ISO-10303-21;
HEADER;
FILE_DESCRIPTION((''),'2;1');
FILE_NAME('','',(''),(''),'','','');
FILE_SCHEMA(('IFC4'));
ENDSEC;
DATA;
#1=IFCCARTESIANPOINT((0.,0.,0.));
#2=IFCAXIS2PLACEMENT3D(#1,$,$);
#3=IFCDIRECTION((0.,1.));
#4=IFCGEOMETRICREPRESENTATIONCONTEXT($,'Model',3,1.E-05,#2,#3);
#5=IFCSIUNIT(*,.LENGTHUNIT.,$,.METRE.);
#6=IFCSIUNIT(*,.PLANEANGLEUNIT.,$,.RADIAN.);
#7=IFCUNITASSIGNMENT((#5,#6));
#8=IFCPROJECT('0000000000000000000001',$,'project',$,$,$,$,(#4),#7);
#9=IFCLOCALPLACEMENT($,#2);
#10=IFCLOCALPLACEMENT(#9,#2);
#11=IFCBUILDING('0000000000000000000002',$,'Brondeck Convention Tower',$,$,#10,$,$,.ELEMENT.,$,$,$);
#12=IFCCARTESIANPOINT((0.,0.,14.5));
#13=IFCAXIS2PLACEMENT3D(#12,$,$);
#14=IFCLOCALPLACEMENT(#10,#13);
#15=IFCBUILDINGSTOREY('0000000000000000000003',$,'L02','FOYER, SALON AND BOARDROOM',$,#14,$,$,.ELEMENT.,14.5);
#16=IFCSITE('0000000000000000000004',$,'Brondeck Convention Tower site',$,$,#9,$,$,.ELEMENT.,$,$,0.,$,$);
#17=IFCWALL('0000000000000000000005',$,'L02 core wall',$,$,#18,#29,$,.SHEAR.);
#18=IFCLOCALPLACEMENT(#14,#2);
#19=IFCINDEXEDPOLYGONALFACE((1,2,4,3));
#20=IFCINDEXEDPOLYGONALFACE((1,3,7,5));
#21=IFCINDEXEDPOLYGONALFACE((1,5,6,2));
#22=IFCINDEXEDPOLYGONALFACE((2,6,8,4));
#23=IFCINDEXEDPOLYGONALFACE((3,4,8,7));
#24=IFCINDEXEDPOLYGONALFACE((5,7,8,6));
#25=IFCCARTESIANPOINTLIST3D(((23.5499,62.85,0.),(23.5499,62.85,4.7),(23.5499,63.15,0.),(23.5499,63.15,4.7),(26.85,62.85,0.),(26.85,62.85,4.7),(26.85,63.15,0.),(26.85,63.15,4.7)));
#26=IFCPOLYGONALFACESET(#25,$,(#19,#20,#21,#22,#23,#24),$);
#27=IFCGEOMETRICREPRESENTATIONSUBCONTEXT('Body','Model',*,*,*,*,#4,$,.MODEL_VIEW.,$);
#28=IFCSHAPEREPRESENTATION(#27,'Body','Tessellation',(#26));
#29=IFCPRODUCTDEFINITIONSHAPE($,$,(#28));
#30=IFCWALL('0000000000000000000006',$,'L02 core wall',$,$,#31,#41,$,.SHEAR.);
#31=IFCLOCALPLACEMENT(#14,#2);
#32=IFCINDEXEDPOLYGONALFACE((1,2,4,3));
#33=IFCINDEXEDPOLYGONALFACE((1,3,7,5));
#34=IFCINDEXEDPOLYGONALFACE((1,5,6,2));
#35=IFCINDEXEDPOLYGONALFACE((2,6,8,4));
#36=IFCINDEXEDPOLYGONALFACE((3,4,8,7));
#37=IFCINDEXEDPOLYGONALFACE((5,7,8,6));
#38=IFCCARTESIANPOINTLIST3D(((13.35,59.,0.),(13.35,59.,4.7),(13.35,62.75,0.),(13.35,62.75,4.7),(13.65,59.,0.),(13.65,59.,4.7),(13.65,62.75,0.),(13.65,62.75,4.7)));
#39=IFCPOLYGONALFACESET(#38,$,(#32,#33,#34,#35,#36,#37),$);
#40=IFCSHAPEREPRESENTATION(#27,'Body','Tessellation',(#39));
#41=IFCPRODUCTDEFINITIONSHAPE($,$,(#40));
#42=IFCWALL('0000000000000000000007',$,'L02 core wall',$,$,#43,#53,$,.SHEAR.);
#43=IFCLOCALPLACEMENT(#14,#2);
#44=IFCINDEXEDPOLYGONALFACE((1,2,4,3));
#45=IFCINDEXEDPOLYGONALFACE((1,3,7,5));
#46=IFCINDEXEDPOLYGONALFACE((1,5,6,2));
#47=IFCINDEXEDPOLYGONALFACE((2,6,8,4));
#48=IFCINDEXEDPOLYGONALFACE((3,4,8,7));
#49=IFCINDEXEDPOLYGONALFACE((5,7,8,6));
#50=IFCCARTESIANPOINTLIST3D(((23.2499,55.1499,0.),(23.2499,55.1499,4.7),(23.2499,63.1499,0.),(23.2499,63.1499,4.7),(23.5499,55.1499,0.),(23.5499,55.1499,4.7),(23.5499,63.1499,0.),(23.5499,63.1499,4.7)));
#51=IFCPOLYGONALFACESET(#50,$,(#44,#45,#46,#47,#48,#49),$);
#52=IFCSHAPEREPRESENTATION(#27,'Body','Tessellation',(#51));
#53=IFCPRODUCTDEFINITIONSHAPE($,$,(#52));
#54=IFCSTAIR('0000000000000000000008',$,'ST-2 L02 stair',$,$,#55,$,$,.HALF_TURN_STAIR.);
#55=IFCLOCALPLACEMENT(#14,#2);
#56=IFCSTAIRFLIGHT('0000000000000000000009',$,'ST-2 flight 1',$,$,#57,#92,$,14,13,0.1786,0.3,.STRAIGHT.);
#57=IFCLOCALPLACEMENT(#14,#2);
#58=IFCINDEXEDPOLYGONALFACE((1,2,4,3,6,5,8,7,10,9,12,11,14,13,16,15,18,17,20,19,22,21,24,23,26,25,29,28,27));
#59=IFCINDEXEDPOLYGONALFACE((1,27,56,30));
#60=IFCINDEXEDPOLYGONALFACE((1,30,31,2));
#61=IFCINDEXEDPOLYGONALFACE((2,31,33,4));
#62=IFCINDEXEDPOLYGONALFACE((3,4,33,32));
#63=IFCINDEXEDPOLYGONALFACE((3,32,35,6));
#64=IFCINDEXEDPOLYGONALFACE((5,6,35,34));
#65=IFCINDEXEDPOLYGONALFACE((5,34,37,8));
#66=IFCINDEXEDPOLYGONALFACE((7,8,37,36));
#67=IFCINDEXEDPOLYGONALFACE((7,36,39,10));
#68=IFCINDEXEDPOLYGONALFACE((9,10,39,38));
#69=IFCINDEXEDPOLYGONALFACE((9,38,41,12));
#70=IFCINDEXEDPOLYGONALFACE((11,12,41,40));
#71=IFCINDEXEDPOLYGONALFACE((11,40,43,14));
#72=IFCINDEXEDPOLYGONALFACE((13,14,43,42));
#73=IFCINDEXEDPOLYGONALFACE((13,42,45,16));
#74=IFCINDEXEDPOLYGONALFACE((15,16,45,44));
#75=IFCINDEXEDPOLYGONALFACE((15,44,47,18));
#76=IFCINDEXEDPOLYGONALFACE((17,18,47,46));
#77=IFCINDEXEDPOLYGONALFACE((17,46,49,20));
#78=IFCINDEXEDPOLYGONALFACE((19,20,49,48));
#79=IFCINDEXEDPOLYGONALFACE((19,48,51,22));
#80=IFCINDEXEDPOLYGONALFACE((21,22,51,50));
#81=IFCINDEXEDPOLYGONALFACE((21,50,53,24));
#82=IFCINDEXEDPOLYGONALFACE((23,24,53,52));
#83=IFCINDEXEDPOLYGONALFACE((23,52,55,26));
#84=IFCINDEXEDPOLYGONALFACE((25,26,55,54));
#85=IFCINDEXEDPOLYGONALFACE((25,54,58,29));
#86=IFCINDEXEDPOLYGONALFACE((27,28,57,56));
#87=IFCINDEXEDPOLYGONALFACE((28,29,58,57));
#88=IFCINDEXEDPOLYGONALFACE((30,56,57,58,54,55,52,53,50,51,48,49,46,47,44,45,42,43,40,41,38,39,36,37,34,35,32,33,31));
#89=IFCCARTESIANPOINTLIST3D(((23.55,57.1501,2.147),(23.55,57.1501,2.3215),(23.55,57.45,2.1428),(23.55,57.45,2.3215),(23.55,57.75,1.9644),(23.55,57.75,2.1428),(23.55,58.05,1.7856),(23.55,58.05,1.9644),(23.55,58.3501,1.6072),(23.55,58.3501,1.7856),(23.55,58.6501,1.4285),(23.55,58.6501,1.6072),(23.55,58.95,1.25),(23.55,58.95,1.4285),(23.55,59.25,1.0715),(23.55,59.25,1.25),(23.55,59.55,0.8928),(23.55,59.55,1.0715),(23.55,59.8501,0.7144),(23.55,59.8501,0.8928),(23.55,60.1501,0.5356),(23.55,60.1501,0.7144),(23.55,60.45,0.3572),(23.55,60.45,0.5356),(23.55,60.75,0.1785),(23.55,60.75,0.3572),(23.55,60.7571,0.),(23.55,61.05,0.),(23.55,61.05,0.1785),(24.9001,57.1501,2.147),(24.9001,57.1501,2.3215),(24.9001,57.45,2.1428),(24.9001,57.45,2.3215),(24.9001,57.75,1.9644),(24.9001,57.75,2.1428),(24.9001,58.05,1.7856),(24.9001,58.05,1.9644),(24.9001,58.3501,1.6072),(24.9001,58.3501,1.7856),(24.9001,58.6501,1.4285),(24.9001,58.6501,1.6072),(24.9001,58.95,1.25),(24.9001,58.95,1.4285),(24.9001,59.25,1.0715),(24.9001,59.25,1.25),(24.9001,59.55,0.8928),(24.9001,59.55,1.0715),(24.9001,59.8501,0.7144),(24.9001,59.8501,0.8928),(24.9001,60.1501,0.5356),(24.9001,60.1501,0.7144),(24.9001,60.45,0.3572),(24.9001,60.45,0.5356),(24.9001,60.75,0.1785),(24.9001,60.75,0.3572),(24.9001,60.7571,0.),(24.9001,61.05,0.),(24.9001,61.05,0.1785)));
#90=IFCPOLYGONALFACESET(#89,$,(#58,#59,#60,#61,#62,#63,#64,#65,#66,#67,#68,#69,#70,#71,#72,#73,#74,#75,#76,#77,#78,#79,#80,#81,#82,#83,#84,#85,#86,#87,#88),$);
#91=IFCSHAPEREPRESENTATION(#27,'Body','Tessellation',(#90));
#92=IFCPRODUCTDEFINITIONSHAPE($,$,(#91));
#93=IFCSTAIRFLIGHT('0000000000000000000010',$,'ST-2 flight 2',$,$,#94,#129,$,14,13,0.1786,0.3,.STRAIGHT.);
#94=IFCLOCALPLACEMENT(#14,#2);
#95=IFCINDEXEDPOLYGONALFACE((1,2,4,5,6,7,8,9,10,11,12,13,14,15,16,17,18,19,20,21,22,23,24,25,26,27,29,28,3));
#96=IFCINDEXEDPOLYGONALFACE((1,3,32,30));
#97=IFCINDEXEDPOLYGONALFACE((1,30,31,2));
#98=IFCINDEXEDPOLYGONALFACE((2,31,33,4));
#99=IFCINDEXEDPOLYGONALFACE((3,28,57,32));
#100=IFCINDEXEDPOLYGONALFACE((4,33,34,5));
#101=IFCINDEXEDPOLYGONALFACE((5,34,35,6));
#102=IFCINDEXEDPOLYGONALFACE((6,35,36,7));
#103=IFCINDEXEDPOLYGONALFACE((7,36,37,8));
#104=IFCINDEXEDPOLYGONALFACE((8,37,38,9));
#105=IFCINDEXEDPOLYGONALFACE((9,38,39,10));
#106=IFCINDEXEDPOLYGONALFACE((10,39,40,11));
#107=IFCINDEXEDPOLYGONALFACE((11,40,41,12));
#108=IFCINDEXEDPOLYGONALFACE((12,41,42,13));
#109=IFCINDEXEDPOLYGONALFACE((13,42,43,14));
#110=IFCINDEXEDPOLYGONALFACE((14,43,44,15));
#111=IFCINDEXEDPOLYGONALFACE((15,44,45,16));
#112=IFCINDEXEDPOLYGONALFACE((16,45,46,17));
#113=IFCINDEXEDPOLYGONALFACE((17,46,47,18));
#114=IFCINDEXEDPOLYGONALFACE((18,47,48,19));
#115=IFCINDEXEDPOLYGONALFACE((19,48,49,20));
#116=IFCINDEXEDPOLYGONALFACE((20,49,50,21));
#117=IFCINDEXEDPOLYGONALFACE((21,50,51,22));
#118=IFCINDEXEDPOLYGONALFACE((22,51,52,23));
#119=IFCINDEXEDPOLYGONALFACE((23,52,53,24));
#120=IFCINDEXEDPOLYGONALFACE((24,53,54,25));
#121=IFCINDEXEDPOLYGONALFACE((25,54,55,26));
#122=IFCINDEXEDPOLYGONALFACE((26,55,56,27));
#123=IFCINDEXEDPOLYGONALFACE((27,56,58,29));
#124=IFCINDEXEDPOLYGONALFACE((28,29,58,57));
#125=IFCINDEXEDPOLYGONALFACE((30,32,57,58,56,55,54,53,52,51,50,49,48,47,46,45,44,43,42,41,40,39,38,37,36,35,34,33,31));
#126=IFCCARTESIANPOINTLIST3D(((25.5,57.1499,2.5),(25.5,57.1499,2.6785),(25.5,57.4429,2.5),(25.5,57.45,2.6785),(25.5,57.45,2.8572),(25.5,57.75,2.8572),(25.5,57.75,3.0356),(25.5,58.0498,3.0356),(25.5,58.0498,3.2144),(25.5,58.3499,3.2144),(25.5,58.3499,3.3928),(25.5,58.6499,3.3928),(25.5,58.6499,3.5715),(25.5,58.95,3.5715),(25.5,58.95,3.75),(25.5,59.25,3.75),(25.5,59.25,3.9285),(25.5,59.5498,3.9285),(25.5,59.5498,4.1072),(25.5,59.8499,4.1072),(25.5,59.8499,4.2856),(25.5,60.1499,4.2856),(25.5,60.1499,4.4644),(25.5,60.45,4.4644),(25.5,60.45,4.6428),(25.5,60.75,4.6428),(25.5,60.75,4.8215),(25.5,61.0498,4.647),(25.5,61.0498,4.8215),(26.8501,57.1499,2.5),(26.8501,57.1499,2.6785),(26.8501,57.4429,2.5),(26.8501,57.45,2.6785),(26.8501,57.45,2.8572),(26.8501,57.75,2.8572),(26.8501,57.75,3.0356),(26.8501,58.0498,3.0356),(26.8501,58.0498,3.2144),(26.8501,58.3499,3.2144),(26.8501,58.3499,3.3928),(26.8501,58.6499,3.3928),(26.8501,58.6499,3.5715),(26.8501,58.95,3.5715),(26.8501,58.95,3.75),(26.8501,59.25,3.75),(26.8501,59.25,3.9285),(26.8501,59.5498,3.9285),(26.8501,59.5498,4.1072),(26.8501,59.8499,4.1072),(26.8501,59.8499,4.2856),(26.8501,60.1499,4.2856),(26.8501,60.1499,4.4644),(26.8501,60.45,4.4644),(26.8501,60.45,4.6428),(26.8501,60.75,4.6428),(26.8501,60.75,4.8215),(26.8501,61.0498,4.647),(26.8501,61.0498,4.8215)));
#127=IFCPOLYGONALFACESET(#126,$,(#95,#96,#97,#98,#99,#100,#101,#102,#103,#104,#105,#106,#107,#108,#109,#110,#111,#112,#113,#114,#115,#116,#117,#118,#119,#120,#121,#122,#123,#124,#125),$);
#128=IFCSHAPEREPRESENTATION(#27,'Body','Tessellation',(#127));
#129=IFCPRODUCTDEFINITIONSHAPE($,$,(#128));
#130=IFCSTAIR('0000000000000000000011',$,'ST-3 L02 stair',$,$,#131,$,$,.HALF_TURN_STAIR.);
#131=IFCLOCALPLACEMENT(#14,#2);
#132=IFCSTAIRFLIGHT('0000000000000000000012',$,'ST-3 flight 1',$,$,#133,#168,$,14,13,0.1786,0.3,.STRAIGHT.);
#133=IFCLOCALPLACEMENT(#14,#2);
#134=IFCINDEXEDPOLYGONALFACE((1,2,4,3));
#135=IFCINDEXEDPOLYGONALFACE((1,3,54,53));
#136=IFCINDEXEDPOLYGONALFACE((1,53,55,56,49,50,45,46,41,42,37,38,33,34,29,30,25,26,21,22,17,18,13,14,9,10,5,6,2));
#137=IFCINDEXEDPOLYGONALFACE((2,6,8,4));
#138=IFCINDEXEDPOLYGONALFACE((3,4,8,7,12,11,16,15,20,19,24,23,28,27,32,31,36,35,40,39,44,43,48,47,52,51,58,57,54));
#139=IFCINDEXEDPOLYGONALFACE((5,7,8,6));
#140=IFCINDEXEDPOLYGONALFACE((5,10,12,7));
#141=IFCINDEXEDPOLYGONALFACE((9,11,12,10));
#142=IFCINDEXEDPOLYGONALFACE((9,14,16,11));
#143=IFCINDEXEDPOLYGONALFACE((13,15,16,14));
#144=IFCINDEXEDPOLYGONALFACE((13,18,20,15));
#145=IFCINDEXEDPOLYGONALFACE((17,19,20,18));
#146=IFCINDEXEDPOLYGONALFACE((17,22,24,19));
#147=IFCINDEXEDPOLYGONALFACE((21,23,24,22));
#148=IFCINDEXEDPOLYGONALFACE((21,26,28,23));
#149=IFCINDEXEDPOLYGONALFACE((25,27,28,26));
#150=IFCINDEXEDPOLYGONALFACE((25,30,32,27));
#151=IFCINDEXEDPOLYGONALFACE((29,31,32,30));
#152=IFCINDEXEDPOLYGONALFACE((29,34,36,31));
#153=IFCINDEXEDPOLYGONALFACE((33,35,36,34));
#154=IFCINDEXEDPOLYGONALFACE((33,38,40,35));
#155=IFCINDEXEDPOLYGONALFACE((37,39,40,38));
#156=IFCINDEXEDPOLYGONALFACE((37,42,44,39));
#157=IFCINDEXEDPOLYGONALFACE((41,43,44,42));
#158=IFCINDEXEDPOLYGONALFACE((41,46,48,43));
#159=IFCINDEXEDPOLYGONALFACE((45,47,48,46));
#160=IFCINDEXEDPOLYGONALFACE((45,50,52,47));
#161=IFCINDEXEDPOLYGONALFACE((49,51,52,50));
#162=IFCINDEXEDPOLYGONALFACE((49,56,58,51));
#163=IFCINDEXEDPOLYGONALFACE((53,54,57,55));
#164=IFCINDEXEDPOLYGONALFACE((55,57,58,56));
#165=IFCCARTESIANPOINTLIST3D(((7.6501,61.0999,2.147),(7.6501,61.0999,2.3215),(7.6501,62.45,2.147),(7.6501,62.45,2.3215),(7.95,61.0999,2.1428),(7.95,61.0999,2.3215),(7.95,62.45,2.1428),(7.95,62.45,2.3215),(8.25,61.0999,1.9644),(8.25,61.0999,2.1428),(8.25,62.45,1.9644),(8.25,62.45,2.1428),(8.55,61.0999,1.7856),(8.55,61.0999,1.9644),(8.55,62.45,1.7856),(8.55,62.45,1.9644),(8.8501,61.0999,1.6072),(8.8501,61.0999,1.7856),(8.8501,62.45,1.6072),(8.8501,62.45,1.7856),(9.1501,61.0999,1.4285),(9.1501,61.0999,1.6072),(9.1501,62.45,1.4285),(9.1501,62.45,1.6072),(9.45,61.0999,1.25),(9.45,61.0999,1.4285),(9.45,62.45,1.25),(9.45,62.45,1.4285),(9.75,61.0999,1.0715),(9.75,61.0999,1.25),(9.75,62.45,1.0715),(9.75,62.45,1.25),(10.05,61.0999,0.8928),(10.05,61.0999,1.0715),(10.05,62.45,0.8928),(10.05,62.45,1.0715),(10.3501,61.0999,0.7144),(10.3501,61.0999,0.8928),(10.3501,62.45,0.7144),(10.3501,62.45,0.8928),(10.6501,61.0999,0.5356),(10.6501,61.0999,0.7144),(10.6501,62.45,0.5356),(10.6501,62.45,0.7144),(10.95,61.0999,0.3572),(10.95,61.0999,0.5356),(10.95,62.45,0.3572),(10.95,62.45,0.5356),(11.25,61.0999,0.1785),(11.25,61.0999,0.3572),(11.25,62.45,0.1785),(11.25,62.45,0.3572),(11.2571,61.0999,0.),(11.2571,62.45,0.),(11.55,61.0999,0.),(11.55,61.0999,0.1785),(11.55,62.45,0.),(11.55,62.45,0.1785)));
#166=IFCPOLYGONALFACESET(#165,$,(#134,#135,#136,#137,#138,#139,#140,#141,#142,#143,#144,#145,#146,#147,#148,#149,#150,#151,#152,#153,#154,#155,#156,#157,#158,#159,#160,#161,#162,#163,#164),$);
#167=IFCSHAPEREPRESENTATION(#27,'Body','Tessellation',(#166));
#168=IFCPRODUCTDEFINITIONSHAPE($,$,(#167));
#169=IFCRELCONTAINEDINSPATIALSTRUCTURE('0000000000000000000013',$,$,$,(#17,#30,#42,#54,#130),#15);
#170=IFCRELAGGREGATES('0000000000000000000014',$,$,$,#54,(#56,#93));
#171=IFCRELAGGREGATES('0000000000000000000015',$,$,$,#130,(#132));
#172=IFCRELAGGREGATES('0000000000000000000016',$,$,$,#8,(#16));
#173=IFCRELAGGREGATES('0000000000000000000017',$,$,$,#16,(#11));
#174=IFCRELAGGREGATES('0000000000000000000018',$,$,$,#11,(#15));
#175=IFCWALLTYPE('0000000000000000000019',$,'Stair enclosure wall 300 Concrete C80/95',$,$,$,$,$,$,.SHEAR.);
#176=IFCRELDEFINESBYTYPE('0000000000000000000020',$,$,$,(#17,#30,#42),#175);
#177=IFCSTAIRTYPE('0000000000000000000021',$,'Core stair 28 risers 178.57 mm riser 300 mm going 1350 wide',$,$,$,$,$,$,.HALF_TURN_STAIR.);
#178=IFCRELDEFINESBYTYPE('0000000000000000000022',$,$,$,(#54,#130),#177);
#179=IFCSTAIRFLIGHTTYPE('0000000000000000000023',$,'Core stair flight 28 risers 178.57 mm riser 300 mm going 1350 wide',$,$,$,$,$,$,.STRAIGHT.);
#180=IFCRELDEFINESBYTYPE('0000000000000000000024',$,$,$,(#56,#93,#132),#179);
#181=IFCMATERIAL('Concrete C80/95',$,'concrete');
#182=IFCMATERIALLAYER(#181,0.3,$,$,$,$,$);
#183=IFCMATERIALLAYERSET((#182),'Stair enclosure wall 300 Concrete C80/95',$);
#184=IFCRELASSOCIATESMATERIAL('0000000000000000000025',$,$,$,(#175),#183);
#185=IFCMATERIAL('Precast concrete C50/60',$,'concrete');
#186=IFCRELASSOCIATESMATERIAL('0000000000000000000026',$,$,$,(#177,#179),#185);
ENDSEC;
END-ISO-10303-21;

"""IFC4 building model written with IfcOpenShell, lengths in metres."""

from ifc_helpers import new_model, si_unit, direction, frame, frame_2d, origin, place, context, subcontext, project, spatial, polyline, rectangle, outline, extrude, material, layer, layer_set, type_object, element, aggregate, save


model = new_model("IFC4")

# Units and contexts
model_context = context("Model", 3, precision=1e-05, world=origin(), true_north=direction((0.0, 1.0)))
body_context = subcontext(model_context, "Body", "Model", "MODEL_VIEW")
ifc_project = project(units=[si_unit("LENGTHUNIT", "METRE"), si_unit("PLANEANGLEUNIT", "RADIAN")], contexts=[model_context])

# Site, building, storey
site_placement = place(None, origin())
site = spatial("IfcSite", under=ifc_project, at=site_placement, Name="Brondeck Convention Tower site", CompositionType="ELEMENT", RefElevation=0.0)
building_placement = place(site_placement, origin())
building = spatial("IfcBuilding", under=site, at=building_placement, Name="Brondeck Convention Tower", CompositionType="ELEMENT")
storey_placement = place(building_placement, frame((0.0, 0.0, 14.5)))
storey = spatial("IfcBuildingStorey", under=building, at=storey_placement, Name="L02", Description="FOYER, SALON AND BOARDROOM", CompositionType="ELEMENT", Elevation=14.5)

# Shared definitions
ifc_material_1 = material(Name="Concrete C80/95", Category="concrete")

# Walls
ifc_layer_1 = layer(ifc_material_1, 0.3)
ifc_layer_set_1 = layer_set([ifc_layer_1], Name="Stair enclosure wall 300 Concrete C80/95")
wall_type_1 = type_object("IfcWallType", Name="Stair enclosure wall 300 Concrete C80/95", PredefinedType="SHEAR", material=ifc_layer_set_1)
wall_1_placement = place(storey_placement, frame((23.55, 63.0, 0.0), z_axis=(0.0, 0.0, 1.0), x_axis=(1.0, 0.0, 0.0)))
element("IfcWall", 1, at=wall_1_placement, inside=storey, type_object=wall_type_1, Name="L02 core wall", PredefinedType="SHEAR", context=body_context, shape_type="SweptSolid", body=[
    extrude(rectangle(XDim=3.3, YDim=0.3, at=frame_2d((1.6499, 0.0))), origin(), (0.0, 0.0, 1.0), 4.7),
])
wall_2_placement = place(storey_placement, frame((13.5, 59.0, 0.0), z_axis=(0.0, 0.0, 1.0), x_axis=(0.0, 1.0, 0.0)))
element("IfcWall", 2, at=wall_2_placement, inside=storey, type_object=wall_type_1, Name="L02 core wall", PredefinedType="SHEAR", context=body_context, shape_type="SweptSolid", body=[
    extrude(rectangle(XDim=3.75, YDim=0.3, at=frame_2d((1.875, 0.0))), origin(), (0.0, 0.0, 1.0), 4.7),
])
wall_3_placement = place(storey_placement, frame((23.3999, 55.1499, 0.0), z_axis=(0.0, 0.0, 1.0), x_axis=(0.0, 1.0, 0.0)))
element("IfcWall", 3, at=wall_3_placement, inside=storey, type_object=wall_type_1, Name="L02 core wall", PredefinedType="SHEAR", context=body_context, shape_type="SweptSolid", body=[
    extrude(rectangle(XDim=8.0, YDim=0.3, at=frame_2d((4.0, 0.0))), origin(), (0.0, 0.0, 1.0), 4.7),
])

# Stair, stair flights
ifc_material_2 = material(Name="Precast concrete C50/60", Category="concrete")
stair_type = type_object("IfcStairType", Name="Core stair 28 risers 178.57 mm riser 300 mm going 1350 wide", PredefinedType="HALF_TURN_STAIR", material=ifc_material_2)
stair_1_placement = place(storey_placement, origin())
stair_1 = element("IfcStair", 4, at=stair_1_placement, inside=storey, type_object=stair_type, Name="ST-2 L02 stair", PredefinedType="HALF_TURN_STAIR")
stair_flight_type = type_object("IfcStairFlightType", Name="Core stair flight 28 risers 178.57 mm riser 300 mm going 1350 wide", PredefinedType="STRAIGHT", material=ifc_material_2)
stair_flight_1_placement = place(storey_placement, frame((24.2251, 61.05, 0.0), z_axis=(0.0, 0.0, 1.0), x_axis=(0.0, -1.0, 0.0)))
stair_flight_1 = element("IfcStairFlight", 5, at=stair_flight_1_placement, type_object=stair_flight_type, Name="ST-2 flight 1", NumberOfRisers=14, NumberOfTreads=13, PredefinedType="STRAIGHT", RiserHeight=0.1786, TreadLength=0.3, context=body_context, shape_type="SweptSolid", body=[
    extrude(outline(polyline([(0.0, 0.0), (0.0, 0.1785), (0.3, 0.1785), (0.3, 0.3572), (0.6001, 0.3572), (0.6001, 0.5356), (0.8999, 0.5356), (0.8999, 0.7144), (1.2, 0.7144), (1.2, 0.8928), (1.5, 0.8928), (1.5, 1.0715), (1.8, 1.0715), (1.8, 1.25), (2.1001, 1.25), (2.1001, 1.4285), (2.3999, 1.4285), (2.3999, 1.6072), (2.7, 1.6072), (2.7, 1.7856), (3.0, 1.7856), (3.0, 1.9644), (3.3, 1.9644), (3.3, 2.1428), (3.6001, 2.1428), (3.6001, 2.3215), (3.8999, 2.3215), (3.8999, 2.5), (3.8999, 2.147), (0.293, 0.0), (0.0, 0.0)])), frame((0.0, 0.675, 0.0), z_axis=(0.0, -1.0, 0.0), x_axis=(1.0, 0.0, 0.0)), (0.0, 0.0, 1.0), 1.3501),
])
stair_flight_2_placement = place(storey_placement, frame((26.175, 57.1499, 2.5), z_axis=(0.0, 0.0, 1.0), x_axis=(0.0, 1.0, 0.0)))
stair_flight_2 = element("IfcStairFlight", 6, at=stair_flight_2_placement, type_object=stair_flight_type, Name="ST-2 flight 2", NumberOfRisers=14, NumberOfTreads=13, PredefinedType="STRAIGHT", RiserHeight=0.1786, TreadLength=0.3, context=body_context, shape_type="SweptSolid", body=[
    extrude(outline(polyline([(0.0, 0.0), (0.0, 0.1785), (0.3, 0.1785), (0.3, 0.3572), (0.6001, 0.3572), (0.6001, 0.5356), (0.8999, 0.5356), (0.8999, 0.7144), (1.2, 0.7144), (1.2, 0.8928), (1.5, 0.8928), (1.5, 1.0715), (1.8, 1.0715), (1.8, 1.25), (2.1001, 1.25), (2.1001, 1.4285), (2.3999, 1.4285), (2.3999, 1.6072), (2.7, 1.6072), (2.7, 1.7856), (3.0, 1.7856), (3.0, 1.9644), (3.3, 1.9644), (3.3, 2.1428), (3.6001, 2.1428), (3.6001, 2.3215), (3.8999, 2.3215), (3.8999, 2.5), (3.8999, 2.147), (0.293, 0.0), (0.0, 0.0)])), frame((0.0, 0.675, 0.0), z_axis=(0.0, -1.0, 0.0), x_axis=(1.0, 0.0, 0.0)), (0.0, 0.0, 1.0), 1.3501),
])
aggregate(stair_1, [stair_flight_1, stair_flight_2])

# Stair, stair flight
stair_2_placement = place(storey_placement, origin())
stair_2 = element("IfcStair", 7, at=stair_2_placement, inside=storey, type_object=stair_type, Name="ST-3 L02 stair", PredefinedType="HALF_TURN_STAIR")
stair_flight_3_placement = place(storey_placement, frame((11.55, 61.7749, 0.0), z_axis=(0.0, 0.0, 1.0), x_axis=(-1.0, 0.0, 0.0)))
stair_flight_3 = element("IfcStairFlight", 8, at=stair_flight_3_placement, type_object=stair_flight_type, Name="ST-3 flight 1", NumberOfRisers=14, NumberOfTreads=13, PredefinedType="STRAIGHT", RiserHeight=0.1786, TreadLength=0.3, context=body_context, shape_type="SweptSolid", body=[
    extrude(outline(polyline([(0.0, 0.0), (0.0, 0.1785), (0.3, 0.1785), (0.3, 0.3572), (0.6001, 0.3572), (0.6001, 0.5356), (0.8999, 0.5356), (0.8999, 0.7144), (1.2, 0.7144), (1.2, 0.8928), (1.5, 0.8928), (1.5, 1.0715), (1.8, 1.0715), (1.8, 1.25), (2.1001, 1.25), (2.1001, 1.4285), (2.3999, 1.4285), (2.3999, 1.6072), (2.7, 1.6072), (2.7, 1.7856), (3.0, 1.7856), (3.0, 1.9644), (3.3, 1.9644), (3.3, 2.1428), (3.6001, 2.1428), (3.6001, 2.3215), (3.8999, 2.3215), (3.8999, 2.5), (3.8999, 2.147), (0.293, 0.0), (0.0, 0.0)])), frame((0.0, 0.675, 0.0), z_axis=(0.0, -1.0, 0.0), x_axis=(1.0, 0.0, 0.0)), (0.0, 0.0, 1.0), 1.3501),
])
aggregate(stair_2, [stair_flight_3])

save(model, "model.ifc")
